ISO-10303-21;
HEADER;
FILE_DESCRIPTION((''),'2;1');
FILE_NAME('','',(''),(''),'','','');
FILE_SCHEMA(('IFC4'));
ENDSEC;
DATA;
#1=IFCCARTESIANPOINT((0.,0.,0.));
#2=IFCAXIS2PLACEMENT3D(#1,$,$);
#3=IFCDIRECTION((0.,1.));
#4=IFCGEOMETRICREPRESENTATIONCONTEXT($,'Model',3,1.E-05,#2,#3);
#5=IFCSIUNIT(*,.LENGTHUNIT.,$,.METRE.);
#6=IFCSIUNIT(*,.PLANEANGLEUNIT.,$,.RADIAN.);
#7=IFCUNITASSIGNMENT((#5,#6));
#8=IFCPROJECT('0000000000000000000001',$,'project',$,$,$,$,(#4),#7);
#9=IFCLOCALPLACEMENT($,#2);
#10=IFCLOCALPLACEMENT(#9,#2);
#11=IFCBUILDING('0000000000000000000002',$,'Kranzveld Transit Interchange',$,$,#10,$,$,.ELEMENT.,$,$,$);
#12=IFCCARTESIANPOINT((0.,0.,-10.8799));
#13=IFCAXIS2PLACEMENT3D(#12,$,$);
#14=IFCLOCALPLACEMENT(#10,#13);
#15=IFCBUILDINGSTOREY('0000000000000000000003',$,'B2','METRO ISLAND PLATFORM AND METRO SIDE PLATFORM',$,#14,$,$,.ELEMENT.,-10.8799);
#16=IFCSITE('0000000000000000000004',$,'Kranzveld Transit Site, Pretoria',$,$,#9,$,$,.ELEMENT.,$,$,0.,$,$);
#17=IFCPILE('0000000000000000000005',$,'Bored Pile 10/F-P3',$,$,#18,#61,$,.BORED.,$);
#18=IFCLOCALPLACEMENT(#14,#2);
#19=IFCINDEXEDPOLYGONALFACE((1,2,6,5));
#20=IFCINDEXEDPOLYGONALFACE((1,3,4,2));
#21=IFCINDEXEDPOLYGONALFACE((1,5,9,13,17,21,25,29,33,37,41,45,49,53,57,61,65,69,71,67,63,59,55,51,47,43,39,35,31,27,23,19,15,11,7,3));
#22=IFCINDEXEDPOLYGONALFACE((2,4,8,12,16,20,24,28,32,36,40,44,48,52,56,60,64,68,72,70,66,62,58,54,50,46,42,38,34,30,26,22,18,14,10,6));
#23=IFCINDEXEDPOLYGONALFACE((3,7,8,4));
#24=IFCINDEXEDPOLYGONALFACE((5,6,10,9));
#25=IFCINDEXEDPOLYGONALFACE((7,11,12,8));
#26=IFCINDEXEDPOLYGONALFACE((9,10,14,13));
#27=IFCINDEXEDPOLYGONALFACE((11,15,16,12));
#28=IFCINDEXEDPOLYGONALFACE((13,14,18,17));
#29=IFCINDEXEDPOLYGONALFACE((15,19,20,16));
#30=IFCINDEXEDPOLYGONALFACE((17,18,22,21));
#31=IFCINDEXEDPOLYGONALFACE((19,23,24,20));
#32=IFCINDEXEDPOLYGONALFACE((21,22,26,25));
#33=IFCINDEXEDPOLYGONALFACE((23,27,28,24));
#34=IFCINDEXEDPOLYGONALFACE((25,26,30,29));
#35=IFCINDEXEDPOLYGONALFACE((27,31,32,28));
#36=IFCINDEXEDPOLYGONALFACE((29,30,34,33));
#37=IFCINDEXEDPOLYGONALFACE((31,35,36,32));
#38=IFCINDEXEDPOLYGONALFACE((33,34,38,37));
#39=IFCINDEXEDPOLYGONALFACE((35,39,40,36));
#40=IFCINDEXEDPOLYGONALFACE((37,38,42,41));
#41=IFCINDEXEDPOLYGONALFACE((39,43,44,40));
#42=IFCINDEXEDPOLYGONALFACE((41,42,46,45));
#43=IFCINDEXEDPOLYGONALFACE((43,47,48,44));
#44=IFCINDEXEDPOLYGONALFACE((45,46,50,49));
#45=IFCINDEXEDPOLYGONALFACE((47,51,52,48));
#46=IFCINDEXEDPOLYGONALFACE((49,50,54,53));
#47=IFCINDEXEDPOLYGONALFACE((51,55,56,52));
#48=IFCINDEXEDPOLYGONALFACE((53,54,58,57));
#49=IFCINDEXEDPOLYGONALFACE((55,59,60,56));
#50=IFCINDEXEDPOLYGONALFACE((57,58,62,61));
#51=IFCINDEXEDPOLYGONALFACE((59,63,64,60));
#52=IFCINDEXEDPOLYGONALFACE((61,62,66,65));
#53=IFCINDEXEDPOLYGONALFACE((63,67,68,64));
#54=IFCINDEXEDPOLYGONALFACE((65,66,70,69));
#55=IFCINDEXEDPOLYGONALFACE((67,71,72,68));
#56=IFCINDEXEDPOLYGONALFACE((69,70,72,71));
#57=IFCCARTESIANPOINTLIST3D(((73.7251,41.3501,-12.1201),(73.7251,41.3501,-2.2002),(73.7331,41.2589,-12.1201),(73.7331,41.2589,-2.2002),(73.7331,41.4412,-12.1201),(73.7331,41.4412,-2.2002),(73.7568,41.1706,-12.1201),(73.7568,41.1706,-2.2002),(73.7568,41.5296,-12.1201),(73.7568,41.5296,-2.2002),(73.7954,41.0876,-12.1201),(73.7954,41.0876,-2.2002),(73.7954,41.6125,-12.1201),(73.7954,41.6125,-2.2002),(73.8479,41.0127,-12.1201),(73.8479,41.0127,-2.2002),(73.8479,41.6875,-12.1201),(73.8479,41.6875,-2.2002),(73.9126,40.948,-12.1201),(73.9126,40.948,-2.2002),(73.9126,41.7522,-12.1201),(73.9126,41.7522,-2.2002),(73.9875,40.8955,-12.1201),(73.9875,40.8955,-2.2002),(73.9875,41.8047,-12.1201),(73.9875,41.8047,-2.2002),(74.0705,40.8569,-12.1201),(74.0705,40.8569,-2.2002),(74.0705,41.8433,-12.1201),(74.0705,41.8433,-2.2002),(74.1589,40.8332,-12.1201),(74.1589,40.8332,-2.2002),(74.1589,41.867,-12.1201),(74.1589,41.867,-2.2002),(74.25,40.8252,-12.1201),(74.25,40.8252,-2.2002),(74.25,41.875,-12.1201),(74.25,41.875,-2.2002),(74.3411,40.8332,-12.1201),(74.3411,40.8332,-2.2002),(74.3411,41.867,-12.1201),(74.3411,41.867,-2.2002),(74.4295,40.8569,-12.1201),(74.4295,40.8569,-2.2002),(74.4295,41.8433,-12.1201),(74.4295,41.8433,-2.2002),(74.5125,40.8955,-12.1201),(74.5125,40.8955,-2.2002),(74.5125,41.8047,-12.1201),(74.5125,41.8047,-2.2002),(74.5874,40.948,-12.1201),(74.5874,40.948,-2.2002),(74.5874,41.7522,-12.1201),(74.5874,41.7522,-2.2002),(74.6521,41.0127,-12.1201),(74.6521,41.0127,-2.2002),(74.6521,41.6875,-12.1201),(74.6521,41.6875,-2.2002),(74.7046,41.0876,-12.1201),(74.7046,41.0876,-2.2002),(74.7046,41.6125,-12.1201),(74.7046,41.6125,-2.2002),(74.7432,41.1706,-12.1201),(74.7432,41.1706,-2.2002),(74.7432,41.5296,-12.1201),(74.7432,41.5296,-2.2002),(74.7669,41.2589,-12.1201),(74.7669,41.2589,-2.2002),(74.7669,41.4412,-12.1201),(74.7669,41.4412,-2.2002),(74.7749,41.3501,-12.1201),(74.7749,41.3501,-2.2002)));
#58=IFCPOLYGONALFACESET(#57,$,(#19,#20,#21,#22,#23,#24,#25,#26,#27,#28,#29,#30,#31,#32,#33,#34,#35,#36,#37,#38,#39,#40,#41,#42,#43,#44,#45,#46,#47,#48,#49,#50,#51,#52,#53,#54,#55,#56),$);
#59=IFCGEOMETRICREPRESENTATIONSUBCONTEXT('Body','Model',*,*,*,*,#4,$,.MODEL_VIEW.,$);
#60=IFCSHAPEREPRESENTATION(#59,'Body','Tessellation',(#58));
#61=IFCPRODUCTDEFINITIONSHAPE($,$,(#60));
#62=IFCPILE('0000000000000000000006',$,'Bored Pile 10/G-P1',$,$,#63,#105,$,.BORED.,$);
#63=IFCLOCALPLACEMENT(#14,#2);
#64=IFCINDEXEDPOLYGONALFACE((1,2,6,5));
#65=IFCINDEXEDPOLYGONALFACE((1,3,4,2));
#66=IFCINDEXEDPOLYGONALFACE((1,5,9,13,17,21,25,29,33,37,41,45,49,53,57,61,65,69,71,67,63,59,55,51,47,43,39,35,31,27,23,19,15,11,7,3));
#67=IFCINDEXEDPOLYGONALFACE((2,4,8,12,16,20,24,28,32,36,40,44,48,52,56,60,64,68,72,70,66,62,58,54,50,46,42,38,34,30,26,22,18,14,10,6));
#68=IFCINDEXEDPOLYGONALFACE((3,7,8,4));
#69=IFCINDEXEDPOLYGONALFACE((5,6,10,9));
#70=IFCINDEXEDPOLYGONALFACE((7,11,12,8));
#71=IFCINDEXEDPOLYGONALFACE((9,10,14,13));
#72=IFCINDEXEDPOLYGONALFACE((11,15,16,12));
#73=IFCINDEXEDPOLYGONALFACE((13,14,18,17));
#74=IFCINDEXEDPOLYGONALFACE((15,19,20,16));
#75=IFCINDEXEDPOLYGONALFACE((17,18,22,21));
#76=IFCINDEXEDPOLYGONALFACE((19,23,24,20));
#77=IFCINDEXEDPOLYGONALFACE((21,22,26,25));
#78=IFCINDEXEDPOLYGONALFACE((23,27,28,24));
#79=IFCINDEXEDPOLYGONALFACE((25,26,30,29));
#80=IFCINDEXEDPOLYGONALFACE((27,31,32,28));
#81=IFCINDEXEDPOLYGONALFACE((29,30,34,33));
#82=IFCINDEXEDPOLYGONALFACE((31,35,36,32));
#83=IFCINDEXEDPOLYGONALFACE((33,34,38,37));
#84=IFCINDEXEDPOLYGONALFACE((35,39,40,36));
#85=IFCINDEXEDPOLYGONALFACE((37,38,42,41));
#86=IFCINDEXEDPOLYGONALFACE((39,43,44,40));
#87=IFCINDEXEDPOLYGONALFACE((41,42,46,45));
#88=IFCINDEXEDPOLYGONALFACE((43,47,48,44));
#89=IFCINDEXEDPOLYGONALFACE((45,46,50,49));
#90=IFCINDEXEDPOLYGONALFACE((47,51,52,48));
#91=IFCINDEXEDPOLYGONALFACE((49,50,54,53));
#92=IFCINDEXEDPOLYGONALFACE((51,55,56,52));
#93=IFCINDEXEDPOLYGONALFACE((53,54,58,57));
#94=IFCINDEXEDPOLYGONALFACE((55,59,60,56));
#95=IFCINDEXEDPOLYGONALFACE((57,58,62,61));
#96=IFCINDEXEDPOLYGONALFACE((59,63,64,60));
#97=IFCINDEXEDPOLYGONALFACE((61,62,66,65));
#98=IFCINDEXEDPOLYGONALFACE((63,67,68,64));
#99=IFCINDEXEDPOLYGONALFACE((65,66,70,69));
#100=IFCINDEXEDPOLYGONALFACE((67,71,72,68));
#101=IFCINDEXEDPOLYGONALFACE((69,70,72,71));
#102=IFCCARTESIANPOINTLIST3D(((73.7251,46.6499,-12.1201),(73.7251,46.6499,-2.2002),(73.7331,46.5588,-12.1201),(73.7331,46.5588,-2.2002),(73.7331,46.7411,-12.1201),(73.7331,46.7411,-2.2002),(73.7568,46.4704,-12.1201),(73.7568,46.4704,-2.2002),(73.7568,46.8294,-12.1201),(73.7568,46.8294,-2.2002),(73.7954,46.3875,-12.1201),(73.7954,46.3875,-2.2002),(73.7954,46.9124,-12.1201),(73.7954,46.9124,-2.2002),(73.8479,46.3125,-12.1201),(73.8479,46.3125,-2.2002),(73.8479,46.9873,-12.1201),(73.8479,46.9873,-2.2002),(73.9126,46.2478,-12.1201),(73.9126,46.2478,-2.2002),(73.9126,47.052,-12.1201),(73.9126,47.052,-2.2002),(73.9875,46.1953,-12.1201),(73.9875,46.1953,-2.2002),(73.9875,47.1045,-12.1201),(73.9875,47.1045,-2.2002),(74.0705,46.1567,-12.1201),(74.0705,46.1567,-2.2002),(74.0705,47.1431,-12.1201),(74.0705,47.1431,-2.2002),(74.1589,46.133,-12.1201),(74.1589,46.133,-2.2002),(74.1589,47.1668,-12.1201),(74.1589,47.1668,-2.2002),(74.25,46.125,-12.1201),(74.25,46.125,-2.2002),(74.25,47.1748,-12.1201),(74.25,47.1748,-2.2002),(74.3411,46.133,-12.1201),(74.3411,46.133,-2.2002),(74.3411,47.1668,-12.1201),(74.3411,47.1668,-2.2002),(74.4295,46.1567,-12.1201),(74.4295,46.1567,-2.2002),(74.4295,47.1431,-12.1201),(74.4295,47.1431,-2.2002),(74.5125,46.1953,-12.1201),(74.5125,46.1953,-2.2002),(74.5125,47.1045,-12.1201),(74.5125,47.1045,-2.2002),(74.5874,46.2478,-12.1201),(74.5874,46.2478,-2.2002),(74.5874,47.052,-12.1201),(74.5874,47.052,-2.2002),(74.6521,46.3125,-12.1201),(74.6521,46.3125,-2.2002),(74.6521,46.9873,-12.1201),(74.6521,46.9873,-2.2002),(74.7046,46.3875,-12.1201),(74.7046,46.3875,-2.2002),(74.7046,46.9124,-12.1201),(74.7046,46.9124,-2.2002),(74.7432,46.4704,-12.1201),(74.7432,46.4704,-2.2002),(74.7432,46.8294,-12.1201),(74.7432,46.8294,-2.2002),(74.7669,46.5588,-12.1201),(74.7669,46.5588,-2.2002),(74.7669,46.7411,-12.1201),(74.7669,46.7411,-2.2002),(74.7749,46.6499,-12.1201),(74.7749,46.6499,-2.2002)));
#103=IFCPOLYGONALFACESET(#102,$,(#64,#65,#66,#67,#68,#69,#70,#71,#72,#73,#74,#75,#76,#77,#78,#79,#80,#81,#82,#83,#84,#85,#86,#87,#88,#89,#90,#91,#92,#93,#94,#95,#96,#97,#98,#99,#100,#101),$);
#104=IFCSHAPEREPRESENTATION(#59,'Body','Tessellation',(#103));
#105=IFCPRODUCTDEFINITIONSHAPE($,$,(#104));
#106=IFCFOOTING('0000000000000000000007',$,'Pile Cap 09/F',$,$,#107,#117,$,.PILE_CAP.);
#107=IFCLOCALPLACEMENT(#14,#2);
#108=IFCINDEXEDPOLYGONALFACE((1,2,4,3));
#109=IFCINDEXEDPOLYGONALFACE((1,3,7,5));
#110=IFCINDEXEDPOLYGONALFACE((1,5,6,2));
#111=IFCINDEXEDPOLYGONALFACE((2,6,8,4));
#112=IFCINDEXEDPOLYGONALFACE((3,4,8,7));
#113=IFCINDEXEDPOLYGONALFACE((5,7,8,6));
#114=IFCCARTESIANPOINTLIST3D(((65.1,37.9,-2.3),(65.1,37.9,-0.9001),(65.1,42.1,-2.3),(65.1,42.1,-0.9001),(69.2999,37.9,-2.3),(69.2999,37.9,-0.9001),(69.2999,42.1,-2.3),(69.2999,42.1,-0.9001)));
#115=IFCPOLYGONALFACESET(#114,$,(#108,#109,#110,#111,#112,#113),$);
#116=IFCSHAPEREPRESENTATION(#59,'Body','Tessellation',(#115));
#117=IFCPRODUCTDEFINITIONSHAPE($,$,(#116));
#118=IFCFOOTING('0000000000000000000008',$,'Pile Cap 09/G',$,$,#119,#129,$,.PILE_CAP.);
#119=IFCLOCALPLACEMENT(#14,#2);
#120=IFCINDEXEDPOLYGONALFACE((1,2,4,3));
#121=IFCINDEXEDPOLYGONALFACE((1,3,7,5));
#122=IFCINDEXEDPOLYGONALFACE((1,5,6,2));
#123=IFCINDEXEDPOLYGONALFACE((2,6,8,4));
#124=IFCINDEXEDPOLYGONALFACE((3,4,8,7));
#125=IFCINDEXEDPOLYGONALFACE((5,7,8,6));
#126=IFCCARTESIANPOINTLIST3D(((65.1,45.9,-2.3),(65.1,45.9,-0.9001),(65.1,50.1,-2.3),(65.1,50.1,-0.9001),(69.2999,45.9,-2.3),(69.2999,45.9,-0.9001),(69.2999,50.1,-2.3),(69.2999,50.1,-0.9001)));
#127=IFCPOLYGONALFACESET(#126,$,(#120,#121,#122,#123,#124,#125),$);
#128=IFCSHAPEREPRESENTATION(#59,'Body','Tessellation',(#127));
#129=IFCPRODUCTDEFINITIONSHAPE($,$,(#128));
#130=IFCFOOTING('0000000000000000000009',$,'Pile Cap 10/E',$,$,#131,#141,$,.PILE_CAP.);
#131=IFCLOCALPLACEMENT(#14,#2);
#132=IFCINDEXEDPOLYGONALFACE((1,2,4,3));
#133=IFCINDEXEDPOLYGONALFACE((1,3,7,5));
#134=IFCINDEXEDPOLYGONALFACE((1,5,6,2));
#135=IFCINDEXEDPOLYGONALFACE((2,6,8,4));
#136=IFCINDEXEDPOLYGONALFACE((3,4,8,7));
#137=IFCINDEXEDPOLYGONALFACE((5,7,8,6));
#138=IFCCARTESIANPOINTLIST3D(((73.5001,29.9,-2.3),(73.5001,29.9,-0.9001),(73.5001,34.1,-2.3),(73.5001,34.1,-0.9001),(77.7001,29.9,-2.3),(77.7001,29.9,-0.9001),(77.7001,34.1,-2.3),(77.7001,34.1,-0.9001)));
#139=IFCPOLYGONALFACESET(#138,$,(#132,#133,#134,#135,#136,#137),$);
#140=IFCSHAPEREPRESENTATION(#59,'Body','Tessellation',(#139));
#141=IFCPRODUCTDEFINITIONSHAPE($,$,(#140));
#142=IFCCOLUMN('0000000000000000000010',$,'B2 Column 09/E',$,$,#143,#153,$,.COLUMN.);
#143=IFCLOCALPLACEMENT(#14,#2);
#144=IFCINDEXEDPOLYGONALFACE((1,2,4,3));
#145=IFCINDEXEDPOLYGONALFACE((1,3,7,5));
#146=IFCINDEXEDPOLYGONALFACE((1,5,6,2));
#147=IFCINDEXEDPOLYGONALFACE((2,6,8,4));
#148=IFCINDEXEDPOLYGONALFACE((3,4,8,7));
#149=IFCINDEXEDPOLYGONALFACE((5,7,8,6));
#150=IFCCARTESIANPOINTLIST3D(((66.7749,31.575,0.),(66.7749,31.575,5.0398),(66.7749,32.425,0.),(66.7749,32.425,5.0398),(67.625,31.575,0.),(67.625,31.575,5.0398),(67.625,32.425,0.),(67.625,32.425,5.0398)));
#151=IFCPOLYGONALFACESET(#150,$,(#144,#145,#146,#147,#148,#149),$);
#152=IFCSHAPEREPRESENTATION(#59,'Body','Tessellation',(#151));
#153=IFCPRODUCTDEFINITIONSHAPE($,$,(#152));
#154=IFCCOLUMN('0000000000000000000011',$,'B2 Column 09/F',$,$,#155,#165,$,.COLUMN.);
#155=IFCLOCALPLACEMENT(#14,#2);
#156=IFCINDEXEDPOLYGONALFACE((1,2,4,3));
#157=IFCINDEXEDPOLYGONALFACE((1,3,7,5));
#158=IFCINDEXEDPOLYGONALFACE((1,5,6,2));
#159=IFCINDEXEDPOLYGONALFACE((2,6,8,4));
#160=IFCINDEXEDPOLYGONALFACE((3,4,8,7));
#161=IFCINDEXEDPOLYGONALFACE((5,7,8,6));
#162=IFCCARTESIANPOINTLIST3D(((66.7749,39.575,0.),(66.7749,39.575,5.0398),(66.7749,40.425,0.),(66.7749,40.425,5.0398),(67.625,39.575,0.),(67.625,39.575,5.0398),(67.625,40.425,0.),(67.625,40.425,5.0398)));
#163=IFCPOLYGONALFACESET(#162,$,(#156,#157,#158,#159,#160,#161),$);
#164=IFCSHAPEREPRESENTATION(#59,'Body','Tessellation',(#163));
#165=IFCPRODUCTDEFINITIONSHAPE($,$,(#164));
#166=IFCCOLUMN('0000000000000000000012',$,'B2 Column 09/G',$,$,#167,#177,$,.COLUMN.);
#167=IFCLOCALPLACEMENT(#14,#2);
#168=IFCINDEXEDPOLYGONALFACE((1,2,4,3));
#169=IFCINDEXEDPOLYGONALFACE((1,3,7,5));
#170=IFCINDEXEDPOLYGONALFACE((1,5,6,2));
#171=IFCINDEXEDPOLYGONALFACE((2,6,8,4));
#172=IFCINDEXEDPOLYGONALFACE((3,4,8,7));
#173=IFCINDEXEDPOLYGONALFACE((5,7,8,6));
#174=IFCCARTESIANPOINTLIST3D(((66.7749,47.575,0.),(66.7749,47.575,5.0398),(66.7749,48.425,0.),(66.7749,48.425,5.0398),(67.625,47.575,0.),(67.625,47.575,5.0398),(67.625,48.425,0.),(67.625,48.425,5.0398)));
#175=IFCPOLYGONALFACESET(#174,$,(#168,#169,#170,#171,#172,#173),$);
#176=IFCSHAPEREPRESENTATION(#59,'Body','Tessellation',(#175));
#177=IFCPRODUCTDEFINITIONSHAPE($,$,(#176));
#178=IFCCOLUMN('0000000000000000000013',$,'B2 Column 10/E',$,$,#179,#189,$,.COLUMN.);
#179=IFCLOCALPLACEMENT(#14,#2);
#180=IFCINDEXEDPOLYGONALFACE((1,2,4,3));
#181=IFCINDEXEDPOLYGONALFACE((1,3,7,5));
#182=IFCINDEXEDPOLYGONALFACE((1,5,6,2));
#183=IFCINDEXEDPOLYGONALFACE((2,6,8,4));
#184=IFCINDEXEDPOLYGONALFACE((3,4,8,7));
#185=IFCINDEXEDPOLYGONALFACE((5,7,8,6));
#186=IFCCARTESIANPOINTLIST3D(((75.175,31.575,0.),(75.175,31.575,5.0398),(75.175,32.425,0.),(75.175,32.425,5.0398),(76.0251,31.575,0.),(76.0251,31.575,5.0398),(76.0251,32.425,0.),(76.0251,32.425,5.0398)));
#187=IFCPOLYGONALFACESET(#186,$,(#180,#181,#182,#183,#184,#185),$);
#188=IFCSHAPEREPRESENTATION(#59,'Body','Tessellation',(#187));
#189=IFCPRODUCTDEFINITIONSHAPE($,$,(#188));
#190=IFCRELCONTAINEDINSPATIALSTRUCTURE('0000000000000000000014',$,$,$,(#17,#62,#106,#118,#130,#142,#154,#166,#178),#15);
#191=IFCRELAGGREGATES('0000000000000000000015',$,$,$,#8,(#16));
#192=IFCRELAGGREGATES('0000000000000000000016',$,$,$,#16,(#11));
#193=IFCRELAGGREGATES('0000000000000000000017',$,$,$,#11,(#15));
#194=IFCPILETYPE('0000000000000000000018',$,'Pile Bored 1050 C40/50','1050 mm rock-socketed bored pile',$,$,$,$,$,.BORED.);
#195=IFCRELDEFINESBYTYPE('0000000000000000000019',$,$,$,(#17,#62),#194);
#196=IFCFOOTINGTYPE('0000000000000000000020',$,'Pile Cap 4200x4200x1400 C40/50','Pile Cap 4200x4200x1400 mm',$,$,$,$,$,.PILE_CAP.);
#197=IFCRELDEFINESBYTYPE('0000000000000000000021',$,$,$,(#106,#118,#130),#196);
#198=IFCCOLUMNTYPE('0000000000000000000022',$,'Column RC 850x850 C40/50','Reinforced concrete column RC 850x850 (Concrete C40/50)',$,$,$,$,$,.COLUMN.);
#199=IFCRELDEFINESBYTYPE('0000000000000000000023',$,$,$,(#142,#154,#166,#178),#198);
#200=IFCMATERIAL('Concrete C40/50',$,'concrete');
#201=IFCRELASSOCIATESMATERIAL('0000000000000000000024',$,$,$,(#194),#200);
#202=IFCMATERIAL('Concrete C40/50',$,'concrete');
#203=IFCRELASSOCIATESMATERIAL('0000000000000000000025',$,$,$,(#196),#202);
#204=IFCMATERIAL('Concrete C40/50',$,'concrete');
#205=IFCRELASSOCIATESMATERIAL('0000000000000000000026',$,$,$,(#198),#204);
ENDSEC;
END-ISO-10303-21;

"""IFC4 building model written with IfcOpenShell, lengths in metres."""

from ifc_helpers import new_model, si_unit, direction, frame, origin, origin_2d, place, context, subcontext, project, spatial, rectangle, circle, extrude, material, material_profile, profile_set, type_object, element, save


model = new_model("IFC4")

# Units and contexts
model_context = context("Model", 3, precision=1e-05, world=origin(), true_north=direction((0.0, 1.0)))
body_context = subcontext(model_context, "Body", "Model", "MODEL_VIEW")
ifc_project = project(units=[si_unit("LENGTHUNIT", "METRE"), si_unit("PLANEANGLEUNIT", "RADIAN")], contexts=[model_context])

# Site, building, storey
site_placement = place(None, origin())
site = spatial("IfcSite", under=ifc_project, at=site_placement, Name="Kranzveld Transit Site, Pretoria", CompositionType="ELEMENT", RefElevation=0.0)
building_placement = place(site_placement, origin())
building = spatial("IfcBuilding", under=site, at=building_placement, Name="Kranzveld Transit Interchange", CompositionType="ELEMENT")
storey_placement = place(building_placement, frame((0.0, 0.0, -10.8799)))
storey = spatial("IfcBuildingStorey", under=building, at=storey_placement, Name="B2", Description="METRO ISLAND PLATFORM AND METRO SIDE PLATFORM", CompositionType="ELEMENT", Elevation=-10.8799)

# Piles
ifc_material_1 = material(Name="Concrete C40/50", Category="concrete")
ifc_material_profile_1 = material_profile(ifc_material_1, circle(Radius=0.5249, at=origin_2d()), Name="BORED PILE 1050")
ifc_profile_set_1 = profile_set([ifc_material_profile_1], Name="Concrete C40/50")
pile_type = type_object("IfcPileType", Name="Pile Bored 1050 C40/50", Description="1050 mm rock-socketed bored pile", PredefinedType="BORED", material=ifc_profile_set_1)
for number, where, z_axis, x_axis, name in (
    (1, (74.25, 41.3501, -2.2002), (0.0, 0.0, -1.0), (1.0, 0.0, 0.0), "Bored Pile 10/F-P3"),
    (2, (74.25, 46.6499, -2.2002), (0.0, 0.0, -1.0), (1.0, 0.0, 0.0), "Bored Pile 10/G-P1"),
):
    element("IfcPile", number, at=place(storey_placement, frame(where, z_axis=z_axis, x_axis=x_axis)), inside=storey, type_object=pile_type, Name=name, PredefinedType="BORED", context=body_context, shape_type="SweptSolid", body=[
        extrude(circle(Radius=0.5249, at=origin_2d()), origin(), (0.0, 0.0, 1.0), 9.9199),
    ])

# Footings
ifc_material_2 = material(Name="Concrete C40/50", Category="concrete")
footing_type = type_object("IfcFootingType", Name="Pile Cap 4200x4200x1400 C40/50", Description="Pile Cap 4200x4200x1400 mm", PredefinedType="PILE_CAP", material=ifc_material_2)
for number, where, z_axis, x_axis, name in (
    (3, (67.2, 40.0, -2.3), (0.0, 0.0, 1.0), (1.0, 0.0, 0.0), "Pile Cap 09/F"),
    (4, (67.2, 48.0, -2.3), (0.0, 0.0, 1.0), (1.0, 0.0, 0.0), "Pile Cap 09/G"),
    (5, (75.6001, 32.0, -2.3), (0.0, 0.0, 1.0), (1.0, 0.0, 0.0), "Pile Cap 10/E"),
):
    element("IfcFooting", number, at=place(storey_placement, frame(where, z_axis=z_axis, x_axis=x_axis)), inside=storey, type_object=footing_type, Name=name, PredefinedType="PILE_CAP", context=body_context, shape_type="SweptSolid", body=[
        extrude(rectangle(XDim=4.2, YDim=4.2, at=origin_2d()), origin(), (0.0, 0.0, 1.0), 1.3999),
    ])

# Columns
ifc_material_3 = material(Name="Concrete C40/50", Category="concrete")
ifc_material_profile_2 = material_profile(ifc_material_3, rectangle(XDim=0.8501, YDim=0.8501, at=origin_2d()), Name="RC 850x850")
ifc_profile_set_2 = profile_set([ifc_material_profile_2], Name="Concrete C40/50")
column_type = type_object("IfcColumnType", Name="Column RC 850x850 C40/50", Description="Reinforced concrete column RC 850x850 (Concrete C40/50)", PredefinedType="COLUMN", material=ifc_profile_set_2)
for number, where, z_axis, x_axis, name in (
    (6, (67.2, 32.0, 0.0), (0.0, 0.0, 1.0), (1.0, 0.0, 0.0), "B2 Column 09/E"),
    (7, (67.2, 40.0, 0.0), (0.0, 0.0, 1.0), (1.0, 0.0, 0.0), "B2 Column 09/F"),
    (8, (67.2, 48.0, 0.0), (0.0, 0.0, 1.0), (1.0, 0.0, 0.0), "B2 Column 09/G"),
    (9, (75.6001, 32.0, 0.0), (0.0, 0.0, 1.0), (1.0, 0.0, 0.0), "B2 Column 10/E"),
):
    element("IfcColumn", number, at=place(storey_placement, frame(where, z_axis=z_axis, x_axis=x_axis)), inside=storey, type_object=column_type, Name=name, PredefinedType="COLUMN", context=body_context, shape_type="SweptSolid", body=[
        extrude(rectangle(XDim=0.8501, YDim=0.8501, at=origin_2d()), origin(), (0.0, 0.0, 1.0), 5.0398),
    ])

save(model, "model.ifc")
